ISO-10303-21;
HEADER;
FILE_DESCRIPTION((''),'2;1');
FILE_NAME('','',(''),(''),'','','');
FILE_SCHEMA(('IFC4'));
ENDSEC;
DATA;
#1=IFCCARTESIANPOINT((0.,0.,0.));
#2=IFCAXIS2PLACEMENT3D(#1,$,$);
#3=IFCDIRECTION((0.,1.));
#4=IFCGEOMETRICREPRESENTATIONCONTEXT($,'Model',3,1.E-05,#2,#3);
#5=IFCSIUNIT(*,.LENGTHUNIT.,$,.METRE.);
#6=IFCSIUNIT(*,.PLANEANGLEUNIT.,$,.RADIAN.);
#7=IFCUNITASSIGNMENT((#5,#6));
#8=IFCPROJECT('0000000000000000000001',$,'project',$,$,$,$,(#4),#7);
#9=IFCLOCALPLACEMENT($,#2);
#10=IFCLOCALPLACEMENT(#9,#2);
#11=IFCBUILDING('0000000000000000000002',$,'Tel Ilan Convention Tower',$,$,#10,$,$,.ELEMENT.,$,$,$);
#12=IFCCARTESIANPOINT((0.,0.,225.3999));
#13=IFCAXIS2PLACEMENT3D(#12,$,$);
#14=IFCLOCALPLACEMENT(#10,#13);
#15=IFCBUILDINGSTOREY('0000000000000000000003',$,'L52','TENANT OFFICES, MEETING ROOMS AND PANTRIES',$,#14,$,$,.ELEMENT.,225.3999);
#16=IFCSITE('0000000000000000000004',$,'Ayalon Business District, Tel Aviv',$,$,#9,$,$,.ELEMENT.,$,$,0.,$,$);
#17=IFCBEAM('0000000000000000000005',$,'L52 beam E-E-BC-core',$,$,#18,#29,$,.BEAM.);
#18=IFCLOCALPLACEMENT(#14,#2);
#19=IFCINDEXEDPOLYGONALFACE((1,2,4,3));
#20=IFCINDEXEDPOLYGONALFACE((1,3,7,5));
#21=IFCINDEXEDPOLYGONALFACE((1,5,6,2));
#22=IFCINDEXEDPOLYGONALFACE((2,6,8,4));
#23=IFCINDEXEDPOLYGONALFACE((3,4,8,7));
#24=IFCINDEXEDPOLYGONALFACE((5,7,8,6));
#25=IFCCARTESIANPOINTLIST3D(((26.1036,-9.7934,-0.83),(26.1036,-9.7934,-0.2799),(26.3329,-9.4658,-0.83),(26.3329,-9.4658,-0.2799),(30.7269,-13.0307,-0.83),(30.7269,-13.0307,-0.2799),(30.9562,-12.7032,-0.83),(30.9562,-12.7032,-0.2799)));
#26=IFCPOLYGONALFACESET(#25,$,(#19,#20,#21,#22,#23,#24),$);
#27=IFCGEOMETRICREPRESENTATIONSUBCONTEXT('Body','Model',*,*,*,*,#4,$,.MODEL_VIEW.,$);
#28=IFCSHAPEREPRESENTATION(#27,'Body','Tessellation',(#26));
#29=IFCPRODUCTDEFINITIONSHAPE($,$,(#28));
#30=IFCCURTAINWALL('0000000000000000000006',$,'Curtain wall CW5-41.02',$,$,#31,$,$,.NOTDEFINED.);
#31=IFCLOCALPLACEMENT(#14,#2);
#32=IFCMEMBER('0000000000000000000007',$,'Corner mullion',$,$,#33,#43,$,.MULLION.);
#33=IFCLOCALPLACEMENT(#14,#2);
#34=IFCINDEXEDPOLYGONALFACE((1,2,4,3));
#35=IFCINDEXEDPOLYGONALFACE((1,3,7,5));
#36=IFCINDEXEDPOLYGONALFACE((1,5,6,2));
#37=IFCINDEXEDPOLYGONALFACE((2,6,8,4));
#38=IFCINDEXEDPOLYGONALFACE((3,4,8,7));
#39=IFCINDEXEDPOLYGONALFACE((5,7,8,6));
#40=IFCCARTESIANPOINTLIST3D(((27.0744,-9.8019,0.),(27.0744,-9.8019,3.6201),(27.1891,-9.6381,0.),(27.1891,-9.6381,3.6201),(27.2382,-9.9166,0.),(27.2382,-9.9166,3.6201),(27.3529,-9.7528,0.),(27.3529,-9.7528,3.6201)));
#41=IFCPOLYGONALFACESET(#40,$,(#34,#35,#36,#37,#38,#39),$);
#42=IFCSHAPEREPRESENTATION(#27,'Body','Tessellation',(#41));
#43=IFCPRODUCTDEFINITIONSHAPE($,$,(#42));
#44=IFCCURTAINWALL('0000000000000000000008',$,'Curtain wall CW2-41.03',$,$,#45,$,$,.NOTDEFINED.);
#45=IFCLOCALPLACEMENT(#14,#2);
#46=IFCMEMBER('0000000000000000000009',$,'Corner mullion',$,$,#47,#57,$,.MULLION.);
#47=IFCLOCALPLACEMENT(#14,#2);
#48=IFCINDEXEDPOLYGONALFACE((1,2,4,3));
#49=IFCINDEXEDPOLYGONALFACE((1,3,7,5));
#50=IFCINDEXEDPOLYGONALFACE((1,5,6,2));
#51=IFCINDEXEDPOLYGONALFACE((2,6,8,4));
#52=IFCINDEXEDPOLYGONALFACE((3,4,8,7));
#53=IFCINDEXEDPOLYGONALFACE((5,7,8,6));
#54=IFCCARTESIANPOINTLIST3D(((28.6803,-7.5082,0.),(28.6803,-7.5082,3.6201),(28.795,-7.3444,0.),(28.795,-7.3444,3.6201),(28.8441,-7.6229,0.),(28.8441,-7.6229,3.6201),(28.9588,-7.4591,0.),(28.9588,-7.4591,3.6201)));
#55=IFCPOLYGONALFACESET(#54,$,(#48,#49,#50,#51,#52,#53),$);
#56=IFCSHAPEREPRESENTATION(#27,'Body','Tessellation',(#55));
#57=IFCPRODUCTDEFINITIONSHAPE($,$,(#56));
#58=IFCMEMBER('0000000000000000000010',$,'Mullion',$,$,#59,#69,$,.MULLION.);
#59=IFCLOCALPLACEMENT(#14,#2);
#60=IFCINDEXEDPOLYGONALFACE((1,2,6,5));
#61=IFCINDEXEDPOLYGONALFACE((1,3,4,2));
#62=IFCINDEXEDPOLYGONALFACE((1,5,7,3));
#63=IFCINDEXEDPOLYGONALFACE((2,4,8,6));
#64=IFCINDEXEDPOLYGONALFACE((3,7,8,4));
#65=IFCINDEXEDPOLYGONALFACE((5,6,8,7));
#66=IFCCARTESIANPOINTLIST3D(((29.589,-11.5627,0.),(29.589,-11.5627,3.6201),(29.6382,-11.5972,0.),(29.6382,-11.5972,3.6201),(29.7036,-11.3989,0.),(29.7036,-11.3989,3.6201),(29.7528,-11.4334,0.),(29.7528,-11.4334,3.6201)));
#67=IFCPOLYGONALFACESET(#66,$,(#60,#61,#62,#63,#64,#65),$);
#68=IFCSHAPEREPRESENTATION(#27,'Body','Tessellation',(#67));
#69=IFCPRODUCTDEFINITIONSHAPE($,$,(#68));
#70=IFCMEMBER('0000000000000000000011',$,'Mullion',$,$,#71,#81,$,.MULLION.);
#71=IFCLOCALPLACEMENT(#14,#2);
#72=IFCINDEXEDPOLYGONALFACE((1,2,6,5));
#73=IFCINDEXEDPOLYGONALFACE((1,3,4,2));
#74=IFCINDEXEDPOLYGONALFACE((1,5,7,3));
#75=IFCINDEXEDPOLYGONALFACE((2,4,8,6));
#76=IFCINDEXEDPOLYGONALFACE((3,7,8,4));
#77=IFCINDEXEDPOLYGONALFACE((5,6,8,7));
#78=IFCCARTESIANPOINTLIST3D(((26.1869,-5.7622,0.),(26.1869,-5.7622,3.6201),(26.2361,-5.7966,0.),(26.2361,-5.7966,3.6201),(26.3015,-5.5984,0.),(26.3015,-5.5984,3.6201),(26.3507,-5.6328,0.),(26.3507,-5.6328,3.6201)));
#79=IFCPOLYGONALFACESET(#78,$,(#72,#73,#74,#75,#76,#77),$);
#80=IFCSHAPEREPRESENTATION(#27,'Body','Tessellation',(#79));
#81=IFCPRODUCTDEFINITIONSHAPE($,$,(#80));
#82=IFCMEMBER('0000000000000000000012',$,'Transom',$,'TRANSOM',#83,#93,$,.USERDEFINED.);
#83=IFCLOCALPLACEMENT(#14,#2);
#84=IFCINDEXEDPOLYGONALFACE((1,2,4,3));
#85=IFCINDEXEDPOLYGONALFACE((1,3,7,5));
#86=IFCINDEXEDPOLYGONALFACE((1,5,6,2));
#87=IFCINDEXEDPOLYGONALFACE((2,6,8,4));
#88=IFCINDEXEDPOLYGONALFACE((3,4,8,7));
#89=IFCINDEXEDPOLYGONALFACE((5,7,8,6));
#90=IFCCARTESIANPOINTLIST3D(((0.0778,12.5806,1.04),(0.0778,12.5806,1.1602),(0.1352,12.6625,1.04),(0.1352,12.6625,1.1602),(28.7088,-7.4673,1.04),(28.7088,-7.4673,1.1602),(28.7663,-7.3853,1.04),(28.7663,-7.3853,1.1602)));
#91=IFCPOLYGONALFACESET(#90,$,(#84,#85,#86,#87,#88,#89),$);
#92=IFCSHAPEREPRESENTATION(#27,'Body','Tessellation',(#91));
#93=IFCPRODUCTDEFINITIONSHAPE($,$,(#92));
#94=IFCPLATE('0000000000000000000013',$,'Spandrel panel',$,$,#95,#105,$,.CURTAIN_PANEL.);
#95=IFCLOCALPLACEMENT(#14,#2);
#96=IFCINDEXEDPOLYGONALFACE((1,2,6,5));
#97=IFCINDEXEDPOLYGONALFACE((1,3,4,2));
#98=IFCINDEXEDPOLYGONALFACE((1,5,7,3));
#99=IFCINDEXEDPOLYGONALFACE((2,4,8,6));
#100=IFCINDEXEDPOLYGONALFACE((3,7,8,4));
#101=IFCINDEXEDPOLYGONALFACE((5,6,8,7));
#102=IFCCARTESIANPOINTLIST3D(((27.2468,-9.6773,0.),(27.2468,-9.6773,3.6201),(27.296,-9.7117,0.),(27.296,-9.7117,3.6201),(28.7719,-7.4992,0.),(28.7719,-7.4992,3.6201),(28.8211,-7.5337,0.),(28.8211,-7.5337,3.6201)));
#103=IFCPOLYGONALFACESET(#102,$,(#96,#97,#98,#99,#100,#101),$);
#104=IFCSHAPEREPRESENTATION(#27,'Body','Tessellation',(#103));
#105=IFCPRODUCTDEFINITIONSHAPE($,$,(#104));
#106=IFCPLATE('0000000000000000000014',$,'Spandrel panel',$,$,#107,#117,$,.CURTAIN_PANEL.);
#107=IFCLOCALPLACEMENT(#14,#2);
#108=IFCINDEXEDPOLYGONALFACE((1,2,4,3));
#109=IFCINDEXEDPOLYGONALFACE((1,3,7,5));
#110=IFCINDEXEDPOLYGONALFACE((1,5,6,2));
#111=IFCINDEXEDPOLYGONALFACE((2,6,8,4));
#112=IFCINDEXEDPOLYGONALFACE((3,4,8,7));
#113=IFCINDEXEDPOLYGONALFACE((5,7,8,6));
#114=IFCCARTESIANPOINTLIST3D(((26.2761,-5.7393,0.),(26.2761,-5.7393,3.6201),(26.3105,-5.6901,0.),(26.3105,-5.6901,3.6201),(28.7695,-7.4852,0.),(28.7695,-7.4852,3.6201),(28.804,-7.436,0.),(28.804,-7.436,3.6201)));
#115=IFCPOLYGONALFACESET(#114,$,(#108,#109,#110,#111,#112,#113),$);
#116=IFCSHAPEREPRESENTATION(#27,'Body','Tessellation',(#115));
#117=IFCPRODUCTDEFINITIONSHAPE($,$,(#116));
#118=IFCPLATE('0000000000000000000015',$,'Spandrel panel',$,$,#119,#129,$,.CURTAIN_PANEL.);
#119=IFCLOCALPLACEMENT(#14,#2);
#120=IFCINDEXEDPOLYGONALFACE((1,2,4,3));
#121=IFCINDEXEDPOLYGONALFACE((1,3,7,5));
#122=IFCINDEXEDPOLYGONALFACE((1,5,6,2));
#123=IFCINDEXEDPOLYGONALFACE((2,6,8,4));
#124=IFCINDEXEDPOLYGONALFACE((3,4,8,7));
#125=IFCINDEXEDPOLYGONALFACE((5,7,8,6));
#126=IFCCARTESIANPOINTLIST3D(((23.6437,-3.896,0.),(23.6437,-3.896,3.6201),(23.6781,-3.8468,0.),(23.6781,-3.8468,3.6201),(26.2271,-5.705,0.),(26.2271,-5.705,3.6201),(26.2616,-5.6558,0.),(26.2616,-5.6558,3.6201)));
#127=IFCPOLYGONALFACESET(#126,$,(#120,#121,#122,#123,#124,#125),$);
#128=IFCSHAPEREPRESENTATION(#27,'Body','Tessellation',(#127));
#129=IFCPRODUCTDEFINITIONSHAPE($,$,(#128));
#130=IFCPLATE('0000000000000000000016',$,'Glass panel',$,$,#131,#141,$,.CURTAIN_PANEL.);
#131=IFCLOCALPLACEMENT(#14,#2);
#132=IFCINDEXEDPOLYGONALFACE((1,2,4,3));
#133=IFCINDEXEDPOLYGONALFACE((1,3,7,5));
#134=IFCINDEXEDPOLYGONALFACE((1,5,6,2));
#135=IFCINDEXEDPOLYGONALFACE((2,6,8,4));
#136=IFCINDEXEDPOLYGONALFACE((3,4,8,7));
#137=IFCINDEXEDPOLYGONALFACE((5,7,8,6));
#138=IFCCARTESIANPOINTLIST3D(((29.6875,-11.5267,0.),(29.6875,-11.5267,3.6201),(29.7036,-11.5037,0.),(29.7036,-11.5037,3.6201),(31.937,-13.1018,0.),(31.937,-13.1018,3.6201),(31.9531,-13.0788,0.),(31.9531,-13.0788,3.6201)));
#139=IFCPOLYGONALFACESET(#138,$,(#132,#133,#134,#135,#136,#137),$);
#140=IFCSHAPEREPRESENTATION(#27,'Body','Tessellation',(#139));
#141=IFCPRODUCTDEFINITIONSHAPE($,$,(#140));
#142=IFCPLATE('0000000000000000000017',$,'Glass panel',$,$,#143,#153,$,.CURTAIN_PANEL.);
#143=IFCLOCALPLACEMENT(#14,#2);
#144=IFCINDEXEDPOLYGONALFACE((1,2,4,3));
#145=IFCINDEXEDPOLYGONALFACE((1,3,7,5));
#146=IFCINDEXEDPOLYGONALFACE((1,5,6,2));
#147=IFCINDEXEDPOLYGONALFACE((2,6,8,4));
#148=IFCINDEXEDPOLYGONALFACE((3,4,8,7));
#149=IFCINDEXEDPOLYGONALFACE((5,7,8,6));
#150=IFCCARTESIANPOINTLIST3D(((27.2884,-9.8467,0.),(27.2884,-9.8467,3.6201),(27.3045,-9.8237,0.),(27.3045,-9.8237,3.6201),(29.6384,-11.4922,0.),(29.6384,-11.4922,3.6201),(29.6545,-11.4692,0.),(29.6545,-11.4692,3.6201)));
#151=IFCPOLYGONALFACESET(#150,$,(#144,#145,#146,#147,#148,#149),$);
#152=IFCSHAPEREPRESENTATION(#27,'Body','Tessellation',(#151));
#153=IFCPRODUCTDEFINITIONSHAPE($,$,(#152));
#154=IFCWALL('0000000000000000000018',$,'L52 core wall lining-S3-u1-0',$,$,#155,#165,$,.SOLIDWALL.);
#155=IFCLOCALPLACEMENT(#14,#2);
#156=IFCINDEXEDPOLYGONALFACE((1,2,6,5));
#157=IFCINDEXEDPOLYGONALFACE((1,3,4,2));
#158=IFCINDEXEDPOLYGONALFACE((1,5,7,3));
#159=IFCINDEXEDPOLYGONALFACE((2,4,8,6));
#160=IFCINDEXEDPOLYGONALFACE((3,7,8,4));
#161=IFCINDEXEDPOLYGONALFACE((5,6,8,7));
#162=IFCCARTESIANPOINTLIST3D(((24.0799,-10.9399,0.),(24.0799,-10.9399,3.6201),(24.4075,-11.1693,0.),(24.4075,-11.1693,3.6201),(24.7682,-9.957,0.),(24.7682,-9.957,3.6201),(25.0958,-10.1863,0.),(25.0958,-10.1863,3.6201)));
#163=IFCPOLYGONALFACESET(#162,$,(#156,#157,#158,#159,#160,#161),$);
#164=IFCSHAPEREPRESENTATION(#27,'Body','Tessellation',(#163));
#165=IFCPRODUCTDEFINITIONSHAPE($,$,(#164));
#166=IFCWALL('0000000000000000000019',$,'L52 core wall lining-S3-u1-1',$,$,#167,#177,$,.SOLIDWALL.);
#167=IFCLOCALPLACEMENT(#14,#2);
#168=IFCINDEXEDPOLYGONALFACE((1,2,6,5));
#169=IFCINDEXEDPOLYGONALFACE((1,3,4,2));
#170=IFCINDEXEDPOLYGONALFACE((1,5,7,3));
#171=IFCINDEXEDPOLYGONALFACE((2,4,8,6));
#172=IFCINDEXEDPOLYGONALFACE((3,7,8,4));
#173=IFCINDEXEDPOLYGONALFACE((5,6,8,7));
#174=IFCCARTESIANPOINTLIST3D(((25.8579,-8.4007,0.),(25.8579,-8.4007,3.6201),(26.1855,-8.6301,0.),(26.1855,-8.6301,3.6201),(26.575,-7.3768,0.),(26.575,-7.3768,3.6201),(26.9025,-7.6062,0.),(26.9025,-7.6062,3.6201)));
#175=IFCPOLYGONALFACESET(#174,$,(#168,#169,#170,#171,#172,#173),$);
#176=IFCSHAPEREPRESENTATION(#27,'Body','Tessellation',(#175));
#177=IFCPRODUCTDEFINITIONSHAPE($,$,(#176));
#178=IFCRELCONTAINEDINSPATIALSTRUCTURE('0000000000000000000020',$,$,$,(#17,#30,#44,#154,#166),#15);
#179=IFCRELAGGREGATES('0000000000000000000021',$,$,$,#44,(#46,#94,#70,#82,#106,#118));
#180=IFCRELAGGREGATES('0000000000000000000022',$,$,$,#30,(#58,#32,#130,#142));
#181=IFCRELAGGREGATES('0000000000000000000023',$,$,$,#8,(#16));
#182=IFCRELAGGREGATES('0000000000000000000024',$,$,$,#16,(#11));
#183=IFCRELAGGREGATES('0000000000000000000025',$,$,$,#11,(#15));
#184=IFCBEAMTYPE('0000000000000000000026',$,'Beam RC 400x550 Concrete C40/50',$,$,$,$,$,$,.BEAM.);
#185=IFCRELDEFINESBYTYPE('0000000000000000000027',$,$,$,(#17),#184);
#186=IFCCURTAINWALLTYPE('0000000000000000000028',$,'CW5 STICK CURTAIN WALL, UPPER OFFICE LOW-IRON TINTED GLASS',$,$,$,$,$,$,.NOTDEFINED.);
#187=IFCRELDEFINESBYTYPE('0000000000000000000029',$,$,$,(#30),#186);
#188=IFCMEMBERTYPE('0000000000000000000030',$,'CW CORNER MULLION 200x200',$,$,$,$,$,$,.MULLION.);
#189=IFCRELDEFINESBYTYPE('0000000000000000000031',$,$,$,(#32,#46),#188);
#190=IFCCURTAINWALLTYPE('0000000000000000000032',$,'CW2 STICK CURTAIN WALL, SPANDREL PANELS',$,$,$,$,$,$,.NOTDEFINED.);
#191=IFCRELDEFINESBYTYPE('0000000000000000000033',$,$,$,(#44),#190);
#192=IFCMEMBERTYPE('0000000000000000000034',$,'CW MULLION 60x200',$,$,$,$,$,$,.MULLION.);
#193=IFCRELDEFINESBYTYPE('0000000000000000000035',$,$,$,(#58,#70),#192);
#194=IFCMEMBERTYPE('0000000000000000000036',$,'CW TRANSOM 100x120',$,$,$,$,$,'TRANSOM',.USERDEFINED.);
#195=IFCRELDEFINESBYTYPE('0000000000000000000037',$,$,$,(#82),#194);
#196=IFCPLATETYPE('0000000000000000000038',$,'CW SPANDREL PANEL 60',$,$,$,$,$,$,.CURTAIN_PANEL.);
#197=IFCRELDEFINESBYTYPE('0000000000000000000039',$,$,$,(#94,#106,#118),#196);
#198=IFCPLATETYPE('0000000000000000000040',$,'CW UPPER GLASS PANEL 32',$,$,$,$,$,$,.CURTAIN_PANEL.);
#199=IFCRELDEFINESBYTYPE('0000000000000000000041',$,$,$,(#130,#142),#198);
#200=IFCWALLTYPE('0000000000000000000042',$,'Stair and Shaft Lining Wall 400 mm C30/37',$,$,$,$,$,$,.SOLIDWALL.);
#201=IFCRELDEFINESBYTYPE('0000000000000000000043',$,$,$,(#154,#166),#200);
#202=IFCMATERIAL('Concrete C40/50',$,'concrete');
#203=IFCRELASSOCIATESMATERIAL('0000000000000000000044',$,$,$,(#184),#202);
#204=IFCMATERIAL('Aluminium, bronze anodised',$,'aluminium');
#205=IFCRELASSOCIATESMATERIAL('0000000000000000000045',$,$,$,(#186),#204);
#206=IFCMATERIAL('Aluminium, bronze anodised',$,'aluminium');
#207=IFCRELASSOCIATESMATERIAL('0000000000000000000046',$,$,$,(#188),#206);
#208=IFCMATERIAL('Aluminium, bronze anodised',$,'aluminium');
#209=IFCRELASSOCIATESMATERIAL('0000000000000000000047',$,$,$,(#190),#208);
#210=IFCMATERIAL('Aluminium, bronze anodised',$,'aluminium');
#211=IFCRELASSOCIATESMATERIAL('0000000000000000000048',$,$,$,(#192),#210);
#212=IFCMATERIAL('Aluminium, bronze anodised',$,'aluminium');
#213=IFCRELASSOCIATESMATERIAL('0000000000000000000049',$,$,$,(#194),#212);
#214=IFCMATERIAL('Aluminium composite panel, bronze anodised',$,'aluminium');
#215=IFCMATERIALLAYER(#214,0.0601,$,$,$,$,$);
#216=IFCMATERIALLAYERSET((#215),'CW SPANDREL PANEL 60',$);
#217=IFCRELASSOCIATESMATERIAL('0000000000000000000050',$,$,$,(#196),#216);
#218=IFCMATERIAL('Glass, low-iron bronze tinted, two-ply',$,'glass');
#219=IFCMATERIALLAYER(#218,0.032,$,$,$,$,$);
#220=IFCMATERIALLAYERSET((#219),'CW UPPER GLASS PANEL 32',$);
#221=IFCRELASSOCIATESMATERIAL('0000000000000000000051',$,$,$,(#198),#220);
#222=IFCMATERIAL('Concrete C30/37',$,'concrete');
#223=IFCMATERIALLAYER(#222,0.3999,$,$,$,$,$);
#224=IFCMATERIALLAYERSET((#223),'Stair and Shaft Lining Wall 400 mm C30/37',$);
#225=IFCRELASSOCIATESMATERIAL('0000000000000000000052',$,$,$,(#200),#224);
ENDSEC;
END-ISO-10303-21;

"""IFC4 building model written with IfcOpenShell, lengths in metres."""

from ifc_helpers import new_model, si_unit, direction, frame, frame_2d, origin, origin_2d, place, context, subcontext, project, spatial, rectangle, extrude, material, layer, layer_set, material_profile, profile_set, type_object, element, aggregate, save


model = new_model("IFC4")

# Units and contexts
model_context = context("Model", 3, precision=1e-05, world=origin(), true_north=direction((0.0, 1.0)))
body_context = subcontext(model_context, "Body", "Model", "MODEL_VIEW")
ifc_project = project(units=[si_unit("LENGTHUNIT", "METRE"), si_unit("PLANEANGLEUNIT", "RADIAN")], contexts=[model_context])

# Site, building, storey
site_placement = place(None, origin())
site = spatial("IfcSite", under=ifc_project, at=site_placement, Name="Ayalon Business District, Tel Aviv", CompositionType="ELEMENT", RefElevation=0.0)
building_placement = place(site_placement, origin())
building = spatial("IfcBuilding", under=site, at=building_placement, Name="Tel Ilan Convention Tower", CompositionType="ELEMENT")
storey_placement = place(building_placement, frame((0.0, 0.0, 225.3999)))
storey = spatial("IfcBuildingStorey", under=building, at=storey_placement, Name="L52", Description="TENANT OFFICES, MEETING ROOMS AND PANTRIES", CompositionType="ELEMENT", Elevation=225.3999)

# Beam
ifc_material_1 = material(Name="Concrete C40/50", Category="concrete")
ifc_material_profile_1 = material_profile(ifc_material_1, rectangle(XDim=0.3999, YDim=0.55, at=origin_2d()), Name="RC 400x550")
ifc_profile_set_1 = profile_set([ifc_material_profile_1], Name="Concrete C40/50")
beam_type = type_object("IfcBeamType", Name="Beam RC 400x550 Concrete C40/50", PredefinedType="BEAM", material=ifc_profile_set_1)
beam_placement = place(storey_placement, frame((30.8416, -12.8669, -0.5549), z_axis=(-0.819149, 0.573581, 0.0), x_axis=(-0.573581, -0.819149, 0.0)))
element("IfcBeam", 1, at=beam_placement, inside=storey, type_object=beam_type, Name="L52 beam E-E-BC-core", PredefinedType="BEAM", context=body_context, shape_type="SweptSolid", body=[
    extrude(rectangle(XDim=0.3999, YDim=0.55, at=origin_2d()), origin(), (0.0, 0.0, 1.0), 5.644),
])

# Curtain walls, members
ifc_material_2 = material(Name="Aluminium, bronze anodised", Category="aluminium")
curtain_wall_type_1 = type_object("IfcCurtainWallType", Name="CW5 STICK CURTAIN WALL, UPPER OFFICE LOW-IRON TINTED GLASS", PredefinedType="NOTDEFINED", material=ifc_material_2)
curtain_wall_1_placement = place(storey_placement, origin())
curtain_wall_1 = element("IfcCurtainWall", 2, at=curtain_wall_1_placement, inside=storey, type_object=curtain_wall_type_1, Name="Curtain wall CW5-41.02", PredefinedType="NOTDEFINED")
ifc_material_3 = material(Name="Aluminium, bronze anodised", Category="aluminium")
ifc_material_profile_2 = material_profile(ifc_material_3, rectangle(XDim=0.2, YDim=0.2, at=origin_2d()), Name="CW CORNER MULLION 200x200")
ifc_profile_set_2 = profile_set([ifc_material_profile_2], Name="Aluminium, bronze anodised")
member_type_1 = type_object("IfcMemberType", Name="CW CORNER MULLION 200x200", PredefinedType="MULLION", material=ifc_profile_set_2)
member_1_placement = place(storey_placement, frame((27.2136, -9.7773, 0.0), z_axis=(0.0, 0.0, 1.0), x_axis=(-0.819152, 0.573576, 0.0)))
member_1 = element("IfcMember", 3, at=member_1_placement, type_object=member_type_1, Name="Corner mullion", PredefinedType="MULLION", context=body_context, shape_type="SweptSolid", body=[
    extrude(rectangle(XDim=0.2, YDim=0.2, at=origin_2d()), origin(), (0.0, 0.0, 1.0), 3.6201),
])
ifc_material_4 = material(Name="Aluminium, bronze anodised", Category="aluminium")
curtain_wall_type_2 = type_object("IfcCurtainWallType", Name="CW2 STICK CURTAIN WALL, SPANDREL PANELS", PredefinedType="NOTDEFINED", material=ifc_material_4)
curtain_wall_2_placement = place(storey_placement, origin())
curtain_wall_2 = element("IfcCurtainWall", 4, at=curtain_wall_2_placement, inside=storey, type_object=curtain_wall_type_2, Name="Curtain wall CW2-41.03", PredefinedType="NOTDEFINED")
member_2_placement = place(storey_placement, frame((28.8196, -7.4836, 0.0), z_axis=(0.0, 0.0, 1.0), x_axis=(0.573576, 0.819152, 0.0)))
member_2 = element("IfcMember", 5, at=member_2_placement, type_object=member_type_1, Name="Corner mullion", PredefinedType="MULLION", context=body_context, shape_type="SweptSolid", body=[
    extrude(rectangle(XDim=0.2, YDim=0.2, at=origin_2d()), origin(), (0.0, 0.0, 1.0), 3.6201),
])

# Members
ifc_material_5 = material(Name="Aluminium, bronze anodised", Category="aluminium")
ifc_material_profile_3 = material_profile(ifc_material_5, rectangle(XDim=0.0601, YDim=0.2, at=origin_2d()), Name="CW MULLION 60x200")
ifc_profile_set_3 = profile_set([ifc_material_profile_3], Name="Aluminium, bronze anodised")
member_type_2 = type_object("IfcMemberType", Name="CW MULLION 60x200", PredefinedType="MULLION", material=ifc_profile_set_3)
member_3_placement = place(storey_placement, frame((29.6709, -11.498, 0.0), z_axis=(0.0, 0.0, 1.0), x_axis=(-0.819152, 0.573576, 0.0)))
member_3 = element("IfcMember", 6, at=member_3_placement, type_object=member_type_2, Name="Mullion", PredefinedType="MULLION", context=body_context, shape_type="SweptSolid", body=[
    extrude(rectangle(XDim=0.0601, YDim=0.2, at=origin_2d()), origin(), (0.0, 0.0, 1.0), 3.6201),
])
member_4_placement = place(storey_placement, frame((26.2688, -5.6975, 0.0), z_axis=(0.0, 0.0, 1.0), x_axis=(-0.819152, 0.573576, 0.0)))
member_4 = element("IfcMember", 7, at=member_4_placement, type_object=member_type_2, Name="Mullion", PredefinedType="MULLION", context=body_context, shape_type="SweptSolid", body=[
    extrude(rectangle(XDim=0.0601, YDim=0.2, at=origin_2d()), origin(), (0.0, 0.0, 1.0), 3.6201),
])
ifc_material_6 = material(Name="Aluminium, bronze anodised", Category="aluminium")
ifc_material_profile_4 = material_profile(ifc_material_6, rectangle(XDim=0.1001, YDim=0.1201, at=origin_2d()), Name="CW TRANSOM 100x120")
ifc_profile_set_4 = profile_set([ifc_material_profile_4], Name="Aluminium, bronze anodised")
member_type_3 = type_object("IfcMemberType", Name="CW TRANSOM 100x120", ElementType="TRANSOM", PredefinedType="USERDEFINED", material=ifc_profile_set_4)
member_5_placement = place(storey_placement, frame((28.7375, -7.4263, 1.1001), z_axis=(-0.81915, 0.573579, 0.0), x_axis=(-0.573579, -0.81915, 0.0)))
member_5 = element("IfcMember", 8, at=member_5_placement, type_object=member_type_3, Name="Transom", ObjectType="TRANSOM", PredefinedType="USERDEFINED", context=body_context, shape_type="SweptSolid", body=[
    extrude(rectangle(XDim=0.1001, YDim=0.1201, at=origin_2d()), origin(), (0.0, 0.0, 1.0), 34.9521),
])

# Plates
ifc_material_7 = material(Name="Aluminium composite panel, bronze anodised", Category="aluminium")
ifc_layer_1 = layer(ifc_material_7, 0.0601)
ifc_layer_set_1 = layer_set([ifc_layer_1], Name="CW SPANDREL PANEL 60")
plate_type_1 = type_object("IfcPlateType", Name="CW SPANDREL PANEL 60", PredefinedType="CURTAIN_PANEL", material=ifc_layer_set_1)
plate_1_placement = place(storey_placement, frame((28.0339, -8.6055, 0.0), z_axis=(0.0, 0.0, 1.0), x_axis=(0.573576, 0.819152, 0.0)))
plate_1 = element("IfcPlate", 9, at=plate_1_placement, type_object=plate_type_1, Name="Spandrel panel", PredefinedType="CURTAIN_PANEL", context=body_context, shape_type="SweptSolid", body=[
    extrude(rectangle(XDim=2.6589, YDim=0.0601, at=origin_2d()), origin(), (0.0, 0.0, 1.0), 3.6201),
])
plate_2_placement = place(storey_placement, frame((27.54, -6.5876, 0.0), z_axis=(0.0, 0.0, 1.0), x_axis=(-0.819152, 0.573576, 0.0)))
plate_2 = element("IfcPlate", 10, at=plate_2_placement, type_object=plate_type_1, Name="Spandrel panel", PredefinedType="CURTAIN_PANEL", context=body_context, shape_type="SweptSolid", body=[
    extrude(rectangle(XDim=3.0439, YDim=0.0601, at=origin_2d()), origin(), (0.0, 0.0, 1.0), 3.6201),
])
plate_3_placement = place(storey_placement, frame((24.9526, -4.7759, 0.0), z_axis=(0.0, 0.0, 1.0), x_axis=(-0.819152, 0.573576, 0.0)))
plate_3 = element("IfcPlate", 11, at=plate_3_placement, type_object=plate_type_1, Name="Spandrel panel", PredefinedType="CURTAIN_PANEL", context=body_context, shape_type="SweptSolid", body=[
    extrude(rectangle(XDim=3.1538, YDim=0.0601, at=origin_2d()), origin(), (0.0, 0.0, 1.0), 3.6201),
])
aggregate(curtain_wall_2, [member_2, plate_1, member_4, member_5, plate_2, plate_3])
ifc_material_8 = material(Name="Glass, low-iron bronze tinted, two-ply", Category="glass")
ifc_layer_2 = layer(ifc_material_8, 0.032)
ifc_layer_set_2 = layer_set([ifc_layer_2], Name="CW UPPER GLASS PANEL 32")
plate_type_2 = type_object("IfcPlateType", Name="CW UPPER GLASS PANEL 32", PredefinedType="CURTAIN_PANEL", material=ifc_layer_set_2)
plate_4_placement = place(storey_placement, frame((30.8203, -12.3027, 0.0), z_axis=(0.0, 0.0, 1.0), x_axis=(-0.819152, 0.573576, 0.0)))
plate_4 = element("IfcPlate", 12, at=plate_4_placement, type_object=plate_type_2, Name="Glass panel", PredefinedType="CURTAIN_PANEL", context=body_context, shape_type="SweptSolid", body=[
    extrude(rectangle(XDim=2.7461, YDim=0.0281, at=origin_2d()), origin(), (0.0, 0.0, 1.0), 3.6201),
])
plate_5_placement = place(storey_placement, frame((28.4714, -10.658, 0.0), z_axis=(0.0, 0.0, 1.0), x_axis=(-0.819152, 0.573576, 0.0)))
plate_5 = element("IfcPlate", 13, at=plate_5_placement, type_object=plate_type_2, Name="Glass panel", PredefinedType="CURTAIN_PANEL", context=body_context, shape_type="SweptSolid", body=[
    extrude(rectangle(XDim=2.8689, YDim=0.0281, at=origin_2d()), origin(), (0.0, 0.0, 1.0), 3.6201),
])
aggregate(curtain_wall_1, [member_3, member_1, plate_4, plate_5])

# Walls
ifc_material_9 = material(Name="Concrete C30/37", Category="concrete")
ifc_layer_3 = layer(ifc_material_9, 0.3999)
ifc_layer_set_3 = layer_set([ifc_layer_3], Name="Stair and Shaft Lining Wall 400 mm C30/37")
wall_type = type_object("IfcWallType", Name="Stair and Shaft Lining Wall 400 mm C30/37", PredefinedType="SOLIDWALL", material=ifc_layer_set_3)
wall_1_placement = place(storey_placement, frame((24.2437, -11.0547, 0.0), z_axis=(0.0, 0.0, 1.0), x_axis=(0.573572, 0.819155, 0.0)))
element("IfcWall", 14, at=wall_1_placement, inside=storey, type_object=wall_type, Name="L52 core wall lining-S3-u1-0", PredefinedType="SOLIDWALL", context=body_context, shape_type="SweptSolid", body=[
    extrude(rectangle(XDim=1.2, YDim=0.3999, at=frame_2d((0.6001, 0.0))), origin(), (0.0, 0.0, 1.0), 3.6201),
])
wall_2_placement = place(storey_placement, frame((26.0217, -8.5154, 0.0), z_axis=(0.0, 0.0, 1.0), x_axis=(0.57362, 0.819122, 0.0)))
element("IfcWall", 15, at=wall_2_placement, inside=storey, type_object=wall_type, Name="L52 core wall lining-S3-u1-1", PredefinedType="SOLIDWALL", context=body_context, shape_type="SweptSolid", body=[
    extrude(rectangle(XDim=1.25, YDim=0.3999, at=frame_2d((0.625, 0.0))), origin(), (0.0, 0.0, 1.0), 3.6201),
])

save(model, "model.ifc")
